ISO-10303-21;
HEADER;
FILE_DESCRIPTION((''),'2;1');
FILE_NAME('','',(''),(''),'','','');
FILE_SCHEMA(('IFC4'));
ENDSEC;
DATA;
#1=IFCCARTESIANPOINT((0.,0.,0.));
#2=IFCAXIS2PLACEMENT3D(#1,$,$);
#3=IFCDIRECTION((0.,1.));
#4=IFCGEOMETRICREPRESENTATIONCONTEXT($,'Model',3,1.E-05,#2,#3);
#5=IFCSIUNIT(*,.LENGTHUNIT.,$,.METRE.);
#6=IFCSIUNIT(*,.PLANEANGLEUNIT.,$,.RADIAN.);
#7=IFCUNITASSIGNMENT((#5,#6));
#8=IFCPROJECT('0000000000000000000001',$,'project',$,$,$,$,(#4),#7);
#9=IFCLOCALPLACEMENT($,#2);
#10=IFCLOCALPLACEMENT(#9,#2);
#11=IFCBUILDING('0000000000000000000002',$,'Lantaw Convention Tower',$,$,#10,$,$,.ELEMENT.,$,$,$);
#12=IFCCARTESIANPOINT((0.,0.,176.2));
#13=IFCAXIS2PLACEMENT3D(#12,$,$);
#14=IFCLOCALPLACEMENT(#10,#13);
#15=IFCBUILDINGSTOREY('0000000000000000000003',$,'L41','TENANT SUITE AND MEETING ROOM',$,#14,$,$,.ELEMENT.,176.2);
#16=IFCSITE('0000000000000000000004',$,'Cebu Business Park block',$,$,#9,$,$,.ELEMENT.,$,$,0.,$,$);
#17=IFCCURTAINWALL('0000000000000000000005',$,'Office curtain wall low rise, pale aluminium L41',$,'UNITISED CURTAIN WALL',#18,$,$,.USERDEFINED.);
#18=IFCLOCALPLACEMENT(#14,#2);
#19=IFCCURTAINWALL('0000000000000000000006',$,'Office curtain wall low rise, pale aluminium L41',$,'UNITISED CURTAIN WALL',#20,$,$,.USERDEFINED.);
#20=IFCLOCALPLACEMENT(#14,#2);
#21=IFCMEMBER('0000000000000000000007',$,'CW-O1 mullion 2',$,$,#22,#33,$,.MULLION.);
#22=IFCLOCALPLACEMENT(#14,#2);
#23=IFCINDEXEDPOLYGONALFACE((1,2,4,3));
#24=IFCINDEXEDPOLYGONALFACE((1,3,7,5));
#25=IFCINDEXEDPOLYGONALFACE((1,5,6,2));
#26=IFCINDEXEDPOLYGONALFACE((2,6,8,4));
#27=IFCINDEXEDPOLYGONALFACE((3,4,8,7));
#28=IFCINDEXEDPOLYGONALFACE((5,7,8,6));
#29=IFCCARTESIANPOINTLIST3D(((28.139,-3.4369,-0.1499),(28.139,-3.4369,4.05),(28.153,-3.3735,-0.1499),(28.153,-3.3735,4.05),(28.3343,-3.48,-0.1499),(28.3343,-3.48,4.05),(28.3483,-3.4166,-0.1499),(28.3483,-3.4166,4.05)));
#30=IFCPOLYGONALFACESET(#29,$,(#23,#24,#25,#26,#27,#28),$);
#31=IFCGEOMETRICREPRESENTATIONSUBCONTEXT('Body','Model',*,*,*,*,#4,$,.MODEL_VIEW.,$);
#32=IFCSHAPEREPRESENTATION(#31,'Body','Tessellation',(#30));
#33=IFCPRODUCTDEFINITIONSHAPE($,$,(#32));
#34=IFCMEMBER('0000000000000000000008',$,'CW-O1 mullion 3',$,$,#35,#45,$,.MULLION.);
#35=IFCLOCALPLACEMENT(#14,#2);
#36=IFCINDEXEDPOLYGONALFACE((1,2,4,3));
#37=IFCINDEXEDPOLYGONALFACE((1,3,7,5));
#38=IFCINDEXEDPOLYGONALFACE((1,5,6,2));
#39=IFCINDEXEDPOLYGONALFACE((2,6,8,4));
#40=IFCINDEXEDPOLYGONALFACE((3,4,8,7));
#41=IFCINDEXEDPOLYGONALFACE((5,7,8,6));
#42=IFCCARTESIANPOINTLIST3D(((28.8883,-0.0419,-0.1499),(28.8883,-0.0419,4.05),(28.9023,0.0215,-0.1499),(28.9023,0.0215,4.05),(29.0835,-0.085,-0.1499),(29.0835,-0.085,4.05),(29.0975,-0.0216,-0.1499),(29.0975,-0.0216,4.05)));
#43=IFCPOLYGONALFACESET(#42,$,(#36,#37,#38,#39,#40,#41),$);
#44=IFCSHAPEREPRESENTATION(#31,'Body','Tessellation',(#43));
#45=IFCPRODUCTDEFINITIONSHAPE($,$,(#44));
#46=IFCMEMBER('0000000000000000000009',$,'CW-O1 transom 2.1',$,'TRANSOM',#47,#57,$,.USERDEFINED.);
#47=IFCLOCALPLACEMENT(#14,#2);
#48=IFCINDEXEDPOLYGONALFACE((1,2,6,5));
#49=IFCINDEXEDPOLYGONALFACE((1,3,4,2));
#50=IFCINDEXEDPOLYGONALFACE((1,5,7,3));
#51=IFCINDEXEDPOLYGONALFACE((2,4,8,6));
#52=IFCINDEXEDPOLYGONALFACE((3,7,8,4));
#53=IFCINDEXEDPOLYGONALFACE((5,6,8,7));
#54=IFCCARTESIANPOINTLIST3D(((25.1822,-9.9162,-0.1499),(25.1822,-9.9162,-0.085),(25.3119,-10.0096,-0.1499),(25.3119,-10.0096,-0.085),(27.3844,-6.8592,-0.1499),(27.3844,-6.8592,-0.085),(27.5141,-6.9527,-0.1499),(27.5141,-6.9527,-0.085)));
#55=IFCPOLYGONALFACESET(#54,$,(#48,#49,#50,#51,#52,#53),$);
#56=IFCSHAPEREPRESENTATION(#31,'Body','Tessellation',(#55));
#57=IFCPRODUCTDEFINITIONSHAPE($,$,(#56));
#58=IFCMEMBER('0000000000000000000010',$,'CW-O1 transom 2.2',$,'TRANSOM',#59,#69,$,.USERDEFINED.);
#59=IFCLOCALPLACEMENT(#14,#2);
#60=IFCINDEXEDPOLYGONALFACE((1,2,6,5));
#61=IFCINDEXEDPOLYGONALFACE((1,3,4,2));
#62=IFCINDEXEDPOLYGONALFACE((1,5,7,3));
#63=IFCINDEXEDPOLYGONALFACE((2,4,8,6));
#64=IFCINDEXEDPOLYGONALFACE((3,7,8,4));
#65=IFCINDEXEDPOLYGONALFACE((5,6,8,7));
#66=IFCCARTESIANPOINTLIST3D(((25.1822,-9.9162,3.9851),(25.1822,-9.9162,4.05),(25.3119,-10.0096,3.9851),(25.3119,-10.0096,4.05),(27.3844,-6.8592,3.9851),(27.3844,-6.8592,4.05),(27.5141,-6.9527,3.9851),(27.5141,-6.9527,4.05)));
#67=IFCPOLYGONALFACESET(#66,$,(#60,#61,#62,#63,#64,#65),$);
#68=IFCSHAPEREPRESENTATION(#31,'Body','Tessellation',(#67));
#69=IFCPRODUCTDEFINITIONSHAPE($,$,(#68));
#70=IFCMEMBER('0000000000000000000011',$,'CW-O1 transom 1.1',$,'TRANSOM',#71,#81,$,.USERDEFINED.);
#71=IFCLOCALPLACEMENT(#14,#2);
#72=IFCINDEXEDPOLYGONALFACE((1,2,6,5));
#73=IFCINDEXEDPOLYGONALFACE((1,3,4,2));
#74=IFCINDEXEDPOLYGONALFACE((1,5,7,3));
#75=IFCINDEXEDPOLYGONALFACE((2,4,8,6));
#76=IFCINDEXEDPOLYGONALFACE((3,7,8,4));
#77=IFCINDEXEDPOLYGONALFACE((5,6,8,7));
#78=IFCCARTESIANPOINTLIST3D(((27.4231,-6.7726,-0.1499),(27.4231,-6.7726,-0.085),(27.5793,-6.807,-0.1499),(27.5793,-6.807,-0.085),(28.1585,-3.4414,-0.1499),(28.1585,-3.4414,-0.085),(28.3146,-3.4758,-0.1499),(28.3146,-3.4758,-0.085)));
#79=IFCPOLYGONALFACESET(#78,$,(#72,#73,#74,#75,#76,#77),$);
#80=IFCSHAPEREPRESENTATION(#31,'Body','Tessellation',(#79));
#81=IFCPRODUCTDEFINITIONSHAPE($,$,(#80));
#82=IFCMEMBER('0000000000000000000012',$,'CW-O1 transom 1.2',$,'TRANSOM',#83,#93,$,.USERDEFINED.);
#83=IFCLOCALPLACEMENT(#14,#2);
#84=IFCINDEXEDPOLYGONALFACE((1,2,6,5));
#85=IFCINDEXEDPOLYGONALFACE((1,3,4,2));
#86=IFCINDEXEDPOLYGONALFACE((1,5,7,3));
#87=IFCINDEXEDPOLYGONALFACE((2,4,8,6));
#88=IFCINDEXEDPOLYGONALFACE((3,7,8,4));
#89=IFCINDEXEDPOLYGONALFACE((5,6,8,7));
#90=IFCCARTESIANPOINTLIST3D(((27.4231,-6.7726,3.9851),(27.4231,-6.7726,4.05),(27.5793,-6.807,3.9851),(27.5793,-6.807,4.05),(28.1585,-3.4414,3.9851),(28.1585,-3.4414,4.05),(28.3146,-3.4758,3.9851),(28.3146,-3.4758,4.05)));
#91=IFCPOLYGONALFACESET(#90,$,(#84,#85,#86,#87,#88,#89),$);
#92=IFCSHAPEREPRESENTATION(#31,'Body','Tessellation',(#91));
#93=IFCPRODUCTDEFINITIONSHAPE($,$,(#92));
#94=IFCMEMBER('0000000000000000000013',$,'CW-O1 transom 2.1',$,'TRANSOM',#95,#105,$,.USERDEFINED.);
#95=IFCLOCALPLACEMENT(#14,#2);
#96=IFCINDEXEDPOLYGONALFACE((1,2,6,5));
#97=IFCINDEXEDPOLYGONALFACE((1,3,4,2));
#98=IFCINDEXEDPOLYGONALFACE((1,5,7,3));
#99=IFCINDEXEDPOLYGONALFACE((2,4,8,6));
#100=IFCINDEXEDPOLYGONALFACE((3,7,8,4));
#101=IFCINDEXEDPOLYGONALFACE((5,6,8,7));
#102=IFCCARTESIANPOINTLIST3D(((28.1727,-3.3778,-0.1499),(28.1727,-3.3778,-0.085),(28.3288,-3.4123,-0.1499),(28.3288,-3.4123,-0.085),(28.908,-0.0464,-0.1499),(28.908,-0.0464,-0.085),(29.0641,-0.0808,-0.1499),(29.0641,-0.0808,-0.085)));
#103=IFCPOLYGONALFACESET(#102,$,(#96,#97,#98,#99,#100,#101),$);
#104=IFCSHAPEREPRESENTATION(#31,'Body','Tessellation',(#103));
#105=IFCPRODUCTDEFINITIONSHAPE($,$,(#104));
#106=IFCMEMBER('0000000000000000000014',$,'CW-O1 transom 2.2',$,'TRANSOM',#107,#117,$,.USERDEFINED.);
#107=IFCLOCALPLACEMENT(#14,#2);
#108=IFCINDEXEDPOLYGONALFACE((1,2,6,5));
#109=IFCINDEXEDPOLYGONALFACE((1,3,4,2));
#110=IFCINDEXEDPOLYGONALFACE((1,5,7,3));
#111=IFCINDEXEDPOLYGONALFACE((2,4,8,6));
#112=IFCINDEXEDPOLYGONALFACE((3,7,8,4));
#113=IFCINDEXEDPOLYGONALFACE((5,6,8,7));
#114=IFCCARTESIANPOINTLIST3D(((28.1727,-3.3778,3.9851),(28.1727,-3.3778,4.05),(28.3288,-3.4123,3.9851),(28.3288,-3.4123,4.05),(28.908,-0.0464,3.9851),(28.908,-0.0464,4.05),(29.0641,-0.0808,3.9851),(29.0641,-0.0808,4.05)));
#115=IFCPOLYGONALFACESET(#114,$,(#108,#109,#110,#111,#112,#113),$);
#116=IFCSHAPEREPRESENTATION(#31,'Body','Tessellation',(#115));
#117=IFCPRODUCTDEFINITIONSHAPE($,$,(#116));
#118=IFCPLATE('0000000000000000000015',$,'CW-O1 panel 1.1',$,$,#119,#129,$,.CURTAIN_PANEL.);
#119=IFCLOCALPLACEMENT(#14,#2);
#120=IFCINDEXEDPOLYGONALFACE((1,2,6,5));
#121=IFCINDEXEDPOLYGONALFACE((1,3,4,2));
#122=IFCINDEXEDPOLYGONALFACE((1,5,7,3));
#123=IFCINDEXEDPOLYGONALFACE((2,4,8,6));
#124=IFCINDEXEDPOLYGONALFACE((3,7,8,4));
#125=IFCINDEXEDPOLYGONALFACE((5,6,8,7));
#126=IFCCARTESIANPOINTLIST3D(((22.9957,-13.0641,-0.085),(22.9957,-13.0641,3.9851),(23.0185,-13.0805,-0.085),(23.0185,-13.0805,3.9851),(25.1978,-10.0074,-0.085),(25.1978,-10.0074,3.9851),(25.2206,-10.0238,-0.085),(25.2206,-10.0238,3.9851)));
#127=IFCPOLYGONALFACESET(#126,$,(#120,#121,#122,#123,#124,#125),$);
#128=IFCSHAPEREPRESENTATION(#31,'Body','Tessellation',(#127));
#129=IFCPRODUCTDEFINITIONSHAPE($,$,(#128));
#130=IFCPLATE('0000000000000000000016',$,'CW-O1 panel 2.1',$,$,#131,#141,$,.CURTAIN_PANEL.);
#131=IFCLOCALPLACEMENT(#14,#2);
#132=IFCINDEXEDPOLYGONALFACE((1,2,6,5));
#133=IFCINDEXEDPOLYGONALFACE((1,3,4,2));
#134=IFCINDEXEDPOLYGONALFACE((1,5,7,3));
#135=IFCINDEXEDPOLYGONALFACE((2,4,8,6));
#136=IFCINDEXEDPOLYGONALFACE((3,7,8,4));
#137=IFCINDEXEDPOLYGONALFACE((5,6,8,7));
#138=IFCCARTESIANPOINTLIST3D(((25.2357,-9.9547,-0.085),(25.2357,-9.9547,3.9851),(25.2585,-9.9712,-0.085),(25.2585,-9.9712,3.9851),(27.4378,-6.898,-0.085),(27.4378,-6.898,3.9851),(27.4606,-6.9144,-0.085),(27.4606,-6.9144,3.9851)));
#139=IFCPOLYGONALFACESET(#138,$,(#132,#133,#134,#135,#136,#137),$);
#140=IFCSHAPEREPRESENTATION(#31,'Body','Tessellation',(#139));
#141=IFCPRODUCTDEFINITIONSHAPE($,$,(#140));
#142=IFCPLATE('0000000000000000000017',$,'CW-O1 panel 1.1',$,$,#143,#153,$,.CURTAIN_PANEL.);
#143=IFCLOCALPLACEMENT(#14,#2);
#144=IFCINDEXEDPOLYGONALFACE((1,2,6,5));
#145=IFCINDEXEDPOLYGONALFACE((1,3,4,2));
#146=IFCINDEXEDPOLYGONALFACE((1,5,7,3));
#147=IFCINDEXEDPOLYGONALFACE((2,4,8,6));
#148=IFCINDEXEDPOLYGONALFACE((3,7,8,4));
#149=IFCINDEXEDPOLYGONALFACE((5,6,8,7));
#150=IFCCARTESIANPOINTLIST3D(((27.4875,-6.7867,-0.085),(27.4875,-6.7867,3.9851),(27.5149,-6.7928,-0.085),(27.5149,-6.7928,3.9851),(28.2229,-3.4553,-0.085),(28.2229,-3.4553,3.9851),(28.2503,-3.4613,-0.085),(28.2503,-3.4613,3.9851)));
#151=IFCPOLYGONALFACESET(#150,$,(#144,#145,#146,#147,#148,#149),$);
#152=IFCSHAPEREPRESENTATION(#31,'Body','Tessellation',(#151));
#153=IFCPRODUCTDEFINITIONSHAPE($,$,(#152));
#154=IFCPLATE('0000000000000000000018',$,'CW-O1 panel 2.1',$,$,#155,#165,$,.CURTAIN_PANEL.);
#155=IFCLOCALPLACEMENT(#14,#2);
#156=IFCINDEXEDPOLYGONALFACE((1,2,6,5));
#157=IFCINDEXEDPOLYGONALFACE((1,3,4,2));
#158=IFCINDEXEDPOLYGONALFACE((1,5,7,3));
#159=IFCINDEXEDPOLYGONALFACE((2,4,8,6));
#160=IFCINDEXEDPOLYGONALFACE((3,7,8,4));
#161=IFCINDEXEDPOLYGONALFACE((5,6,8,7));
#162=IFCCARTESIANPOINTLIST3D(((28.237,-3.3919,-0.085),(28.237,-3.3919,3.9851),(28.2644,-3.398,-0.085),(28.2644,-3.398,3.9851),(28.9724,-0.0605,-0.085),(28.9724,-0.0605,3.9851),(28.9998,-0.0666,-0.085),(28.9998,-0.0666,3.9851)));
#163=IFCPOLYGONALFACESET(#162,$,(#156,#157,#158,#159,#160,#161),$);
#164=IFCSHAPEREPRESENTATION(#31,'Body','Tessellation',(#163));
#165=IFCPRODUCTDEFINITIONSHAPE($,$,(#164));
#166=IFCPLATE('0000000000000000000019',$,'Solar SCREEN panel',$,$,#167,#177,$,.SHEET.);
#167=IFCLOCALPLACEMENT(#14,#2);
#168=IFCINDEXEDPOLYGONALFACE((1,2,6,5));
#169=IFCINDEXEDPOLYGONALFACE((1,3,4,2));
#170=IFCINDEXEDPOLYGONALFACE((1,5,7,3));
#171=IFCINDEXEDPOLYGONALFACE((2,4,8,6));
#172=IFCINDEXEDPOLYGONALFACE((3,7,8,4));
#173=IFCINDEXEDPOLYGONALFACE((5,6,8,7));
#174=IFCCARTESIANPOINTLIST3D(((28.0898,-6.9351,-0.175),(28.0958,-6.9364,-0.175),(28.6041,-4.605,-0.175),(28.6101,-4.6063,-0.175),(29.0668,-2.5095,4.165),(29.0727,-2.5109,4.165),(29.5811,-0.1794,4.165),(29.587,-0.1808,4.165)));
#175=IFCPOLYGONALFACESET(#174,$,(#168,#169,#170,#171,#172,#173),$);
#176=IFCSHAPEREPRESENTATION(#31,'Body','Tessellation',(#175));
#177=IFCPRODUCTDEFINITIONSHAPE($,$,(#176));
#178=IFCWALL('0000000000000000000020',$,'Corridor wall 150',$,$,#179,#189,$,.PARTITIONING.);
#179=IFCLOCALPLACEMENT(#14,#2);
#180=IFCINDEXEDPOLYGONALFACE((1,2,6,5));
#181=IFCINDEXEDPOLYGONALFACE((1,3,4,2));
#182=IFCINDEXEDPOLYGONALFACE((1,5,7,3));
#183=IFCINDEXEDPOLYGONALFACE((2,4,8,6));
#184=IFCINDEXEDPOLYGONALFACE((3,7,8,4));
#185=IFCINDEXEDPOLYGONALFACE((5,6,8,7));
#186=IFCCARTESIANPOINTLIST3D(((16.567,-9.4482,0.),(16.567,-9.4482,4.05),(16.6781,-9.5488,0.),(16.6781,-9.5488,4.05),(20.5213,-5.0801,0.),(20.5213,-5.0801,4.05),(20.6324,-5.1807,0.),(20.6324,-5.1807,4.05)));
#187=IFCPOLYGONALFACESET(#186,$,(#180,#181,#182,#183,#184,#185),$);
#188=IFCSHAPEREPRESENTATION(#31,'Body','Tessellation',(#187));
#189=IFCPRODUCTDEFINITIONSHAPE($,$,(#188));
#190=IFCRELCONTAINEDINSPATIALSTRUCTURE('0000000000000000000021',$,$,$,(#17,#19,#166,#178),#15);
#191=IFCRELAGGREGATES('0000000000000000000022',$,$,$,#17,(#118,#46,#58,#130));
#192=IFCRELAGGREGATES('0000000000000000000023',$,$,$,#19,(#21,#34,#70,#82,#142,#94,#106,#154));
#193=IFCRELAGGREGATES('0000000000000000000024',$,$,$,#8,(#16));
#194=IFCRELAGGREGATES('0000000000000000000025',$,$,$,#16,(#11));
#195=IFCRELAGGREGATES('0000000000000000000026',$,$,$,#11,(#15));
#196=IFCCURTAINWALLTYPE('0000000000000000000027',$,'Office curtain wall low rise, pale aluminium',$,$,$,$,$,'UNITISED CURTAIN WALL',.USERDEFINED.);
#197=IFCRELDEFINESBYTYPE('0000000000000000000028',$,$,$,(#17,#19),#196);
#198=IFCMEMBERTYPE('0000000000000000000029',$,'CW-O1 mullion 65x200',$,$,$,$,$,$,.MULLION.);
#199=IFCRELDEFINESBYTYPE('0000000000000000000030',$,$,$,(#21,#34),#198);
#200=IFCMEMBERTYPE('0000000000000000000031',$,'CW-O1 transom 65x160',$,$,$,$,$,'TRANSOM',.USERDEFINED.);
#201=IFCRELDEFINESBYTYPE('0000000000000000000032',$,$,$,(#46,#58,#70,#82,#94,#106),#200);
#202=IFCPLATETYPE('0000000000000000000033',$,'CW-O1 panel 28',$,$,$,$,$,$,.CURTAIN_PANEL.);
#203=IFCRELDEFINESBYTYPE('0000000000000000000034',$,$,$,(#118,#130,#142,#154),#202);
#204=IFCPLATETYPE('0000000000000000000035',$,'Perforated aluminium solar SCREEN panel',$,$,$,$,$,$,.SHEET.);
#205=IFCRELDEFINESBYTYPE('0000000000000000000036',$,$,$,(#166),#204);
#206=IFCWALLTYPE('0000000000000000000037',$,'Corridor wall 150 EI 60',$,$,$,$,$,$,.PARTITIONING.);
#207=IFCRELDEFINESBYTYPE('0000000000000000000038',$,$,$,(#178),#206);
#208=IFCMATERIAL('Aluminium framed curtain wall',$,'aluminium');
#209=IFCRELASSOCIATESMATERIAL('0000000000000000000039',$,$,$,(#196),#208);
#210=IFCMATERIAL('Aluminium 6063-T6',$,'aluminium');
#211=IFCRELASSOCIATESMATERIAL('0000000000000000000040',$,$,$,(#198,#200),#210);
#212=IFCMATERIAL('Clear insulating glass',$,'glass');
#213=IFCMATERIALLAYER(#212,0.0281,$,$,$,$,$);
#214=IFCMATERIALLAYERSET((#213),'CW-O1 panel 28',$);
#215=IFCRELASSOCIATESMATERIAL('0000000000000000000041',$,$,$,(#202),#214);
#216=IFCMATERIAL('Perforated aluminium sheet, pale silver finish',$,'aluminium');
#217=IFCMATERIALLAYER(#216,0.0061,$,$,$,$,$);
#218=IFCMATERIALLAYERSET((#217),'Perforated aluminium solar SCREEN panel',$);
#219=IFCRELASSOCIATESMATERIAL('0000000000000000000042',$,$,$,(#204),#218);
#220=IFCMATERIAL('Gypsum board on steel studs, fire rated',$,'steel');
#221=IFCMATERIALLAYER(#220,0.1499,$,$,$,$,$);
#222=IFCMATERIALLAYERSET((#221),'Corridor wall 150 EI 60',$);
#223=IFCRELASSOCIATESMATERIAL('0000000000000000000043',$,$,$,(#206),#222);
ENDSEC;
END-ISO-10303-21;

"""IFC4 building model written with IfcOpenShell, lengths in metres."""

from ifc_helpers import new_model, si_unit, direction, frame, frame_2d, origin, origin_2d, place, context, subcontext, project, spatial, polyline, rectangle, outline, extrude, material, layer, layer_set, material_profile, profile_set, type_object, element, aggregate, save


model = new_model("IFC4")

# Units and contexts
model_context = context("Model", 3, precision=1e-05, world=origin(), true_north=direction((0.0, 1.0)))
body_context = subcontext(model_context, "Body", "Model", "MODEL_VIEW")
ifc_project = project(units=[si_unit("LENGTHUNIT", "METRE"), si_unit("PLANEANGLEUNIT", "RADIAN")], contexts=[model_context])

# Site, building, storey
site_placement = place(None, origin())
site = spatial("IfcSite", under=ifc_project, at=site_placement, Name="Cebu Business Park block", CompositionType="ELEMENT", RefElevation=0.0)
building_placement = place(site_placement, origin())
building = spatial("IfcBuilding", under=site, at=building_placement, Name="Lantaw Convention Tower", CompositionType="ELEMENT")
storey_placement = place(building_placement, frame((0.0, 0.0, 176.2)))
storey = spatial("IfcBuildingStorey", under=building, at=storey_placement, Name="L41", Description="TENANT SUITE AND MEETING ROOM", CompositionType="ELEMENT", Elevation=176.2)

# Curtain walls, members
ifc_material_1 = material(Name="Aluminium framed curtain wall", Category="aluminium")
curtain_wall_type = type_object("IfcCurtainWallType", Name="Office curtain wall low rise, pale aluminium", ElementType="UNITISED CURTAIN WALL", PredefinedType="USERDEFINED", material=ifc_material_1)
curtain_wall_1_placement = place(storey_placement, origin())
curtain_wall_1 = element("IfcCurtainWall", 1, at=curtain_wall_1_placement, inside=storey, type_object=curtain_wall_type, Name="Office curtain wall low rise, pale aluminium L41", ObjectType="UNITISED CURTAIN WALL", PredefinedType="USERDEFINED")
ifc_material_2 = material(Name="Aluminium 6063-T6", Category="aluminium")
ifc_material_profile_1 = material_profile(ifc_material_2, rectangle(XDim=0.2, YDim=0.0649, at=origin_2d()), Name="CW-O1 mullion 65x200")
ifc_profile_set_1 = profile_set([ifc_material_profile_1], Name="Aluminium 6063-T6")
member_type_1 = type_object("IfcMemberType", Name="CW-O1 mullion 65x200", PredefinedType="MULLION", material=ifc_profile_set_1)
curtain_wall_2_placement = place(storey_placement, origin())
curtain_wall_2 = element("IfcCurtainWall", 2, at=curtain_wall_2_placement, inside=storey, type_object=curtain_wall_type, Name="Office curtain wall low rise, pale aluminium L41", ObjectType="UNITISED CURTAIN WALL", PredefinedType="USERDEFINED")
member_1_placement = place(storey_placement, frame((28.2437, -3.4268, -0.1499), z_axis=(0.0, 0.0, 1.0), x_axis=(-0.976494, 0.215546, 0.0)))
member_1 = element("IfcMember", 3, at=member_1_placement, type_object=member_type_1, Name="CW-O1 mullion 2", PredefinedType="MULLION", context=body_context, shape_type="SweptSolid", body=[
    extrude(rectangle(XDim=0.2, YDim=0.0649, at=origin_2d()), origin(), (0.0, 0.0, 1.0), 4.2),
])
member_2_placement = place(storey_placement, frame((28.9929, -0.0317, -0.1499), z_axis=(0.0, 0.0, 1.0), x_axis=(-0.976494, 0.215546, 0.0)))
member_2 = element("IfcMember", 4, at=member_2_placement, type_object=member_type_1, Name="CW-O1 mullion 3", PredefinedType="MULLION", context=body_context, shape_type="SweptSolid", body=[
    extrude(rectangle(XDim=0.2, YDim=0.0649, at=origin_2d()), origin(), (0.0, 0.0, 1.0), 4.2),
])

# Members
ifc_material_profile_2 = material_profile(ifc_material_2, rectangle(XDim=0.1599, YDim=0.0649, at=origin_2d()), Name="CW-O1 transom 65x160")
ifc_profile_set_2 = profile_set([ifc_material_profile_2], Name="Aluminium 6063-T6")
member_type_2 = type_object("IfcMemberType", Name="CW-O1 transom 65x160", ElementType="TRANSOM", PredefinedType="USERDEFINED", material=ifc_profile_set_2)
member_3_placement = place(storey_placement, frame((25.2471, -9.9629, -0.1174), z_axis=(0.584513, 0.811384, 0.0), x_axis=(-0.811384, 0.584513, 0.0)))
member_3 = element("IfcMember", 5, at=member_3_placement, type_object=member_type_2, Name="CW-O1 transom 2.1", ObjectType="TRANSOM", PredefinedType="USERDEFINED", context=body_context, shape_type="SweptSolid", body=[
    extrude(rectangle(XDim=0.1599, YDim=0.0649, at=origin_2d()), origin(), (0.0, 0.0, 1.0), 3.7676),
])
member_4_placement = place(storey_placement, frame((25.2471, -9.9629, 4.0176), z_axis=(0.584513, 0.811384, 0.0), x_axis=(-0.811384, 0.584513, 0.0)))
member_4 = element("IfcMember", 6, at=member_4_placement, type_object=member_type_2, Name="CW-O1 transom 2.2", ObjectType="TRANSOM", PredefinedType="USERDEFINED", context=body_context, shape_type="SweptSolid", body=[
    extrude(rectangle(XDim=0.1599, YDim=0.0649, at=origin_2d()), origin(), (0.0, 0.0, 1.0), 3.7676),
])
member_5_placement = place(storey_placement, frame((27.5012, -6.7898, -0.1174), z_axis=(0.215551, 0.976493, 0.0), x_axis=(-0.976493, 0.215551, 0.0)))
member_5 = element("IfcMember", 7, at=member_5_placement, type_object=member_type_2, Name="CW-O1 transom 1.1", ObjectType="TRANSOM", PredefinedType="USERDEFINED", context=body_context, shape_type="SweptSolid", body=[
    extrude(rectangle(XDim=0.1599, YDim=0.0649, at=origin_2d()), origin(), (0.0, 0.0, 1.0), 3.4114),
])
member_6_placement = place(storey_placement, frame((27.5012, -6.7898, 4.0176), z_axis=(0.215551, 0.976493, 0.0), x_axis=(-0.976493, 0.215551, 0.0)))
member_6 = element("IfcMember", 8, at=member_6_placement, type_object=member_type_2, Name="CW-O1 transom 1.2", ObjectType="TRANSOM", PredefinedType="USERDEFINED", context=body_context, shape_type="SweptSolid", body=[
    extrude(rectangle(XDim=0.1599, YDim=0.0649, at=origin_2d()), origin(), (0.0, 0.0, 1.0), 3.4114),
])
member_7_placement = place(storey_placement, frame((28.2507, -3.395, -0.1174), z_axis=(0.215536, 0.976496, 0.0), x_axis=(-0.976496, 0.215536, 0.0)))
member_7 = element("IfcMember", 9, at=member_7_placement, type_object=member_type_2, Name="CW-O1 transom 2.1", ObjectType="TRANSOM", PredefinedType="USERDEFINED", context=body_context, shape_type="SweptSolid", body=[
    extrude(rectangle(XDim=0.1599, YDim=0.0649, at=origin_2d()), origin(), (0.0, 0.0, 1.0), 3.4116),
])
member_8_placement = place(storey_placement, frame((28.2507, -3.395, 4.0176), z_axis=(0.215536, 0.976496, 0.0), x_axis=(-0.976496, 0.215536, 0.0)))
member_8 = element("IfcMember", 10, at=member_8_placement, type_object=member_type_2, Name="CW-O1 transom 2.2", ObjectType="TRANSOM", PredefinedType="USERDEFINED", context=body_context, shape_type="SweptSolid", body=[
    extrude(rectangle(XDim=0.1599, YDim=0.0649, at=origin_2d()), origin(), (0.0, 0.0, 1.0), 3.4116),
])

# Plates
ifc_material_3 = material(Name="Clear insulating glass", Category="glass")
ifc_layer_1 = layer(ifc_material_3, 0.0281)
ifc_layer_set_1 = layer_set([ifc_layer_1], Name="CW-O1 panel 28")
plate_type_1 = type_object("IfcPlateType", Name="CW-O1 panel 28", PredefinedType="CURTAIN_PANEL", material=ifc_layer_set_1)
plate_1_placement = place(storey_placement, frame((24.1082, -11.5439, -0.085), z_axis=(0.0, 0.0, 1.0), x_axis=(0.584513, 0.811385, 0.0)))
plate_1 = element("IfcPlate", 11, at=plate_1_placement, type_object=plate_type_1, Name="CW-O1 panel 1.1", PredefinedType="CURTAIN_PANEL", context=body_context, shape_type="SweptSolid", body=[
    extrude(rectangle(XDim=3.7673, YDim=0.0281, at=origin_2d()), origin(), (0.0, 0.0, 1.0), 4.0701),
])
plate_2_placement = place(storey_placement, frame((26.3481, -8.4346, -0.085), z_axis=(0.0, 0.0, 1.0), x_axis=(0.584513, 0.811385, 0.0)))
plate_2 = element("IfcPlate", 12, at=plate_2_placement, type_object=plate_type_1, Name="CW-O1 panel 2.1", PredefinedType="CURTAIN_PANEL", context=body_context, shape_type="SweptSolid", body=[
    extrude(rectangle(XDim=3.7673, YDim=0.0281, at=origin_2d()), origin(), (0.0, 0.0, 1.0), 4.0701),
])
aggregate(curtain_wall_1, [plate_1, member_3, member_4, plate_2])
plate_3_placement = place(storey_placement, frame((27.8689, -5.124, -0.085), z_axis=(0.0, 0.0, 1.0), x_axis=(0.215546, 0.976494, 0.0)))
plate_3 = element("IfcPlate", 13, at=plate_3_placement, type_object=plate_type_1, Name="CW-O1 panel 1.1", PredefinedType="CURTAIN_PANEL", context=body_context, shape_type="SweptSolid", body=[
    extrude(rectangle(XDim=3.4116, YDim=0.0281, at=origin_2d()), origin(), (0.0, 0.0, 1.0), 4.0701),
])
plate_4_placement = place(storey_placement, frame((28.6184, -1.7292, -0.085), z_axis=(0.0, 0.0, 1.0), x_axis=(0.215546, 0.976494, 0.0)))
plate_4 = element("IfcPlate", 14, at=plate_4_placement, type_object=plate_type_1, Name="CW-O1 panel 2.1", PredefinedType="CURTAIN_PANEL", context=body_context, shape_type="SweptSolid", body=[
    extrude(rectangle(XDim=3.4116, YDim=0.0281, at=origin_2d()), origin(), (0.0, 0.0, 1.0), 4.0701),
])
aggregate(curtain_wall_2, [member_1, member_2, member_5, member_6, plate_3, member_7, member_8, plate_4])
ifc_material_4 = material(Name="Perforated aluminium sheet, pale silver finish", Category="aluminium")
ifc_layer_2 = layer(ifc_material_4, 0.0061)
ifc_layer_set_2 = layer_set([ifc_layer_2], Name="Perforated aluminium solar SCREEN panel")
plate_type_2 = type_object("IfcPlateType", Name="Perforated aluminium solar SCREEN panel", PredefinedType="SHEET", material=ifc_layer_set_2)
plate_5_placement = place(storey_placement, frame((28.0898, -6.9351, -0.175), z_axis=(-0.976498, 0.215527, 0.000033), x_axis=(0.215527, 0.976498, 0.0)))
element("IfcPlate", 15, at=plate_5_placement, inside=storey, type_object=plate_type_2, Name="Solar SCREEN panel", PredefinedType="SHEET", context=body_context, shape_type="SweptSolid", body=[
    extrude(outline(polyline([(0.0, 0.0), (2.3861, 0.0), (6.9182, -4.3401), (4.5321, -4.3401), (0.0, 0.0)])), origin(), (0.0, 0.0, -1.0), 0.0061),
])

# Wall
ifc_material_5 = material(Name="Gypsum board on steel studs, fire rated", Category="steel")
ifc_layer_3 = layer(ifc_material_5, 0.1499)
ifc_layer_set_3 = layer_set([ifc_layer_3], Name="Corridor wall 150 EI 60")
wall_type_1 = type_object("IfcWallType", Name="Corridor wall 150 EI 60", PredefinedType="PARTITIONING", material=ifc_layer_set_3)
wall_1_placement = place(storey_placement, frame((16.6226, -9.4985, 0.0), z_axis=(0.0, 0.0, 1.0), x_axis=(0.671118, 0.74135, 0.0)))
element("IfcWall", 16, at=wall_1_placement, inside=storey, type_object=wall_type_1, Name="Corridor wall 150", PredefinedType="PARTITIONING", context=body_context, shape_type="SweptSolid", body=[
    extrude(rectangle(XDim=5.8921, YDim=0.1499, at=frame_2d((2.946, 0.0))), origin(), (0.0, 0.0, 1.0), 4.05),
])

save(model, "model.ifc")
